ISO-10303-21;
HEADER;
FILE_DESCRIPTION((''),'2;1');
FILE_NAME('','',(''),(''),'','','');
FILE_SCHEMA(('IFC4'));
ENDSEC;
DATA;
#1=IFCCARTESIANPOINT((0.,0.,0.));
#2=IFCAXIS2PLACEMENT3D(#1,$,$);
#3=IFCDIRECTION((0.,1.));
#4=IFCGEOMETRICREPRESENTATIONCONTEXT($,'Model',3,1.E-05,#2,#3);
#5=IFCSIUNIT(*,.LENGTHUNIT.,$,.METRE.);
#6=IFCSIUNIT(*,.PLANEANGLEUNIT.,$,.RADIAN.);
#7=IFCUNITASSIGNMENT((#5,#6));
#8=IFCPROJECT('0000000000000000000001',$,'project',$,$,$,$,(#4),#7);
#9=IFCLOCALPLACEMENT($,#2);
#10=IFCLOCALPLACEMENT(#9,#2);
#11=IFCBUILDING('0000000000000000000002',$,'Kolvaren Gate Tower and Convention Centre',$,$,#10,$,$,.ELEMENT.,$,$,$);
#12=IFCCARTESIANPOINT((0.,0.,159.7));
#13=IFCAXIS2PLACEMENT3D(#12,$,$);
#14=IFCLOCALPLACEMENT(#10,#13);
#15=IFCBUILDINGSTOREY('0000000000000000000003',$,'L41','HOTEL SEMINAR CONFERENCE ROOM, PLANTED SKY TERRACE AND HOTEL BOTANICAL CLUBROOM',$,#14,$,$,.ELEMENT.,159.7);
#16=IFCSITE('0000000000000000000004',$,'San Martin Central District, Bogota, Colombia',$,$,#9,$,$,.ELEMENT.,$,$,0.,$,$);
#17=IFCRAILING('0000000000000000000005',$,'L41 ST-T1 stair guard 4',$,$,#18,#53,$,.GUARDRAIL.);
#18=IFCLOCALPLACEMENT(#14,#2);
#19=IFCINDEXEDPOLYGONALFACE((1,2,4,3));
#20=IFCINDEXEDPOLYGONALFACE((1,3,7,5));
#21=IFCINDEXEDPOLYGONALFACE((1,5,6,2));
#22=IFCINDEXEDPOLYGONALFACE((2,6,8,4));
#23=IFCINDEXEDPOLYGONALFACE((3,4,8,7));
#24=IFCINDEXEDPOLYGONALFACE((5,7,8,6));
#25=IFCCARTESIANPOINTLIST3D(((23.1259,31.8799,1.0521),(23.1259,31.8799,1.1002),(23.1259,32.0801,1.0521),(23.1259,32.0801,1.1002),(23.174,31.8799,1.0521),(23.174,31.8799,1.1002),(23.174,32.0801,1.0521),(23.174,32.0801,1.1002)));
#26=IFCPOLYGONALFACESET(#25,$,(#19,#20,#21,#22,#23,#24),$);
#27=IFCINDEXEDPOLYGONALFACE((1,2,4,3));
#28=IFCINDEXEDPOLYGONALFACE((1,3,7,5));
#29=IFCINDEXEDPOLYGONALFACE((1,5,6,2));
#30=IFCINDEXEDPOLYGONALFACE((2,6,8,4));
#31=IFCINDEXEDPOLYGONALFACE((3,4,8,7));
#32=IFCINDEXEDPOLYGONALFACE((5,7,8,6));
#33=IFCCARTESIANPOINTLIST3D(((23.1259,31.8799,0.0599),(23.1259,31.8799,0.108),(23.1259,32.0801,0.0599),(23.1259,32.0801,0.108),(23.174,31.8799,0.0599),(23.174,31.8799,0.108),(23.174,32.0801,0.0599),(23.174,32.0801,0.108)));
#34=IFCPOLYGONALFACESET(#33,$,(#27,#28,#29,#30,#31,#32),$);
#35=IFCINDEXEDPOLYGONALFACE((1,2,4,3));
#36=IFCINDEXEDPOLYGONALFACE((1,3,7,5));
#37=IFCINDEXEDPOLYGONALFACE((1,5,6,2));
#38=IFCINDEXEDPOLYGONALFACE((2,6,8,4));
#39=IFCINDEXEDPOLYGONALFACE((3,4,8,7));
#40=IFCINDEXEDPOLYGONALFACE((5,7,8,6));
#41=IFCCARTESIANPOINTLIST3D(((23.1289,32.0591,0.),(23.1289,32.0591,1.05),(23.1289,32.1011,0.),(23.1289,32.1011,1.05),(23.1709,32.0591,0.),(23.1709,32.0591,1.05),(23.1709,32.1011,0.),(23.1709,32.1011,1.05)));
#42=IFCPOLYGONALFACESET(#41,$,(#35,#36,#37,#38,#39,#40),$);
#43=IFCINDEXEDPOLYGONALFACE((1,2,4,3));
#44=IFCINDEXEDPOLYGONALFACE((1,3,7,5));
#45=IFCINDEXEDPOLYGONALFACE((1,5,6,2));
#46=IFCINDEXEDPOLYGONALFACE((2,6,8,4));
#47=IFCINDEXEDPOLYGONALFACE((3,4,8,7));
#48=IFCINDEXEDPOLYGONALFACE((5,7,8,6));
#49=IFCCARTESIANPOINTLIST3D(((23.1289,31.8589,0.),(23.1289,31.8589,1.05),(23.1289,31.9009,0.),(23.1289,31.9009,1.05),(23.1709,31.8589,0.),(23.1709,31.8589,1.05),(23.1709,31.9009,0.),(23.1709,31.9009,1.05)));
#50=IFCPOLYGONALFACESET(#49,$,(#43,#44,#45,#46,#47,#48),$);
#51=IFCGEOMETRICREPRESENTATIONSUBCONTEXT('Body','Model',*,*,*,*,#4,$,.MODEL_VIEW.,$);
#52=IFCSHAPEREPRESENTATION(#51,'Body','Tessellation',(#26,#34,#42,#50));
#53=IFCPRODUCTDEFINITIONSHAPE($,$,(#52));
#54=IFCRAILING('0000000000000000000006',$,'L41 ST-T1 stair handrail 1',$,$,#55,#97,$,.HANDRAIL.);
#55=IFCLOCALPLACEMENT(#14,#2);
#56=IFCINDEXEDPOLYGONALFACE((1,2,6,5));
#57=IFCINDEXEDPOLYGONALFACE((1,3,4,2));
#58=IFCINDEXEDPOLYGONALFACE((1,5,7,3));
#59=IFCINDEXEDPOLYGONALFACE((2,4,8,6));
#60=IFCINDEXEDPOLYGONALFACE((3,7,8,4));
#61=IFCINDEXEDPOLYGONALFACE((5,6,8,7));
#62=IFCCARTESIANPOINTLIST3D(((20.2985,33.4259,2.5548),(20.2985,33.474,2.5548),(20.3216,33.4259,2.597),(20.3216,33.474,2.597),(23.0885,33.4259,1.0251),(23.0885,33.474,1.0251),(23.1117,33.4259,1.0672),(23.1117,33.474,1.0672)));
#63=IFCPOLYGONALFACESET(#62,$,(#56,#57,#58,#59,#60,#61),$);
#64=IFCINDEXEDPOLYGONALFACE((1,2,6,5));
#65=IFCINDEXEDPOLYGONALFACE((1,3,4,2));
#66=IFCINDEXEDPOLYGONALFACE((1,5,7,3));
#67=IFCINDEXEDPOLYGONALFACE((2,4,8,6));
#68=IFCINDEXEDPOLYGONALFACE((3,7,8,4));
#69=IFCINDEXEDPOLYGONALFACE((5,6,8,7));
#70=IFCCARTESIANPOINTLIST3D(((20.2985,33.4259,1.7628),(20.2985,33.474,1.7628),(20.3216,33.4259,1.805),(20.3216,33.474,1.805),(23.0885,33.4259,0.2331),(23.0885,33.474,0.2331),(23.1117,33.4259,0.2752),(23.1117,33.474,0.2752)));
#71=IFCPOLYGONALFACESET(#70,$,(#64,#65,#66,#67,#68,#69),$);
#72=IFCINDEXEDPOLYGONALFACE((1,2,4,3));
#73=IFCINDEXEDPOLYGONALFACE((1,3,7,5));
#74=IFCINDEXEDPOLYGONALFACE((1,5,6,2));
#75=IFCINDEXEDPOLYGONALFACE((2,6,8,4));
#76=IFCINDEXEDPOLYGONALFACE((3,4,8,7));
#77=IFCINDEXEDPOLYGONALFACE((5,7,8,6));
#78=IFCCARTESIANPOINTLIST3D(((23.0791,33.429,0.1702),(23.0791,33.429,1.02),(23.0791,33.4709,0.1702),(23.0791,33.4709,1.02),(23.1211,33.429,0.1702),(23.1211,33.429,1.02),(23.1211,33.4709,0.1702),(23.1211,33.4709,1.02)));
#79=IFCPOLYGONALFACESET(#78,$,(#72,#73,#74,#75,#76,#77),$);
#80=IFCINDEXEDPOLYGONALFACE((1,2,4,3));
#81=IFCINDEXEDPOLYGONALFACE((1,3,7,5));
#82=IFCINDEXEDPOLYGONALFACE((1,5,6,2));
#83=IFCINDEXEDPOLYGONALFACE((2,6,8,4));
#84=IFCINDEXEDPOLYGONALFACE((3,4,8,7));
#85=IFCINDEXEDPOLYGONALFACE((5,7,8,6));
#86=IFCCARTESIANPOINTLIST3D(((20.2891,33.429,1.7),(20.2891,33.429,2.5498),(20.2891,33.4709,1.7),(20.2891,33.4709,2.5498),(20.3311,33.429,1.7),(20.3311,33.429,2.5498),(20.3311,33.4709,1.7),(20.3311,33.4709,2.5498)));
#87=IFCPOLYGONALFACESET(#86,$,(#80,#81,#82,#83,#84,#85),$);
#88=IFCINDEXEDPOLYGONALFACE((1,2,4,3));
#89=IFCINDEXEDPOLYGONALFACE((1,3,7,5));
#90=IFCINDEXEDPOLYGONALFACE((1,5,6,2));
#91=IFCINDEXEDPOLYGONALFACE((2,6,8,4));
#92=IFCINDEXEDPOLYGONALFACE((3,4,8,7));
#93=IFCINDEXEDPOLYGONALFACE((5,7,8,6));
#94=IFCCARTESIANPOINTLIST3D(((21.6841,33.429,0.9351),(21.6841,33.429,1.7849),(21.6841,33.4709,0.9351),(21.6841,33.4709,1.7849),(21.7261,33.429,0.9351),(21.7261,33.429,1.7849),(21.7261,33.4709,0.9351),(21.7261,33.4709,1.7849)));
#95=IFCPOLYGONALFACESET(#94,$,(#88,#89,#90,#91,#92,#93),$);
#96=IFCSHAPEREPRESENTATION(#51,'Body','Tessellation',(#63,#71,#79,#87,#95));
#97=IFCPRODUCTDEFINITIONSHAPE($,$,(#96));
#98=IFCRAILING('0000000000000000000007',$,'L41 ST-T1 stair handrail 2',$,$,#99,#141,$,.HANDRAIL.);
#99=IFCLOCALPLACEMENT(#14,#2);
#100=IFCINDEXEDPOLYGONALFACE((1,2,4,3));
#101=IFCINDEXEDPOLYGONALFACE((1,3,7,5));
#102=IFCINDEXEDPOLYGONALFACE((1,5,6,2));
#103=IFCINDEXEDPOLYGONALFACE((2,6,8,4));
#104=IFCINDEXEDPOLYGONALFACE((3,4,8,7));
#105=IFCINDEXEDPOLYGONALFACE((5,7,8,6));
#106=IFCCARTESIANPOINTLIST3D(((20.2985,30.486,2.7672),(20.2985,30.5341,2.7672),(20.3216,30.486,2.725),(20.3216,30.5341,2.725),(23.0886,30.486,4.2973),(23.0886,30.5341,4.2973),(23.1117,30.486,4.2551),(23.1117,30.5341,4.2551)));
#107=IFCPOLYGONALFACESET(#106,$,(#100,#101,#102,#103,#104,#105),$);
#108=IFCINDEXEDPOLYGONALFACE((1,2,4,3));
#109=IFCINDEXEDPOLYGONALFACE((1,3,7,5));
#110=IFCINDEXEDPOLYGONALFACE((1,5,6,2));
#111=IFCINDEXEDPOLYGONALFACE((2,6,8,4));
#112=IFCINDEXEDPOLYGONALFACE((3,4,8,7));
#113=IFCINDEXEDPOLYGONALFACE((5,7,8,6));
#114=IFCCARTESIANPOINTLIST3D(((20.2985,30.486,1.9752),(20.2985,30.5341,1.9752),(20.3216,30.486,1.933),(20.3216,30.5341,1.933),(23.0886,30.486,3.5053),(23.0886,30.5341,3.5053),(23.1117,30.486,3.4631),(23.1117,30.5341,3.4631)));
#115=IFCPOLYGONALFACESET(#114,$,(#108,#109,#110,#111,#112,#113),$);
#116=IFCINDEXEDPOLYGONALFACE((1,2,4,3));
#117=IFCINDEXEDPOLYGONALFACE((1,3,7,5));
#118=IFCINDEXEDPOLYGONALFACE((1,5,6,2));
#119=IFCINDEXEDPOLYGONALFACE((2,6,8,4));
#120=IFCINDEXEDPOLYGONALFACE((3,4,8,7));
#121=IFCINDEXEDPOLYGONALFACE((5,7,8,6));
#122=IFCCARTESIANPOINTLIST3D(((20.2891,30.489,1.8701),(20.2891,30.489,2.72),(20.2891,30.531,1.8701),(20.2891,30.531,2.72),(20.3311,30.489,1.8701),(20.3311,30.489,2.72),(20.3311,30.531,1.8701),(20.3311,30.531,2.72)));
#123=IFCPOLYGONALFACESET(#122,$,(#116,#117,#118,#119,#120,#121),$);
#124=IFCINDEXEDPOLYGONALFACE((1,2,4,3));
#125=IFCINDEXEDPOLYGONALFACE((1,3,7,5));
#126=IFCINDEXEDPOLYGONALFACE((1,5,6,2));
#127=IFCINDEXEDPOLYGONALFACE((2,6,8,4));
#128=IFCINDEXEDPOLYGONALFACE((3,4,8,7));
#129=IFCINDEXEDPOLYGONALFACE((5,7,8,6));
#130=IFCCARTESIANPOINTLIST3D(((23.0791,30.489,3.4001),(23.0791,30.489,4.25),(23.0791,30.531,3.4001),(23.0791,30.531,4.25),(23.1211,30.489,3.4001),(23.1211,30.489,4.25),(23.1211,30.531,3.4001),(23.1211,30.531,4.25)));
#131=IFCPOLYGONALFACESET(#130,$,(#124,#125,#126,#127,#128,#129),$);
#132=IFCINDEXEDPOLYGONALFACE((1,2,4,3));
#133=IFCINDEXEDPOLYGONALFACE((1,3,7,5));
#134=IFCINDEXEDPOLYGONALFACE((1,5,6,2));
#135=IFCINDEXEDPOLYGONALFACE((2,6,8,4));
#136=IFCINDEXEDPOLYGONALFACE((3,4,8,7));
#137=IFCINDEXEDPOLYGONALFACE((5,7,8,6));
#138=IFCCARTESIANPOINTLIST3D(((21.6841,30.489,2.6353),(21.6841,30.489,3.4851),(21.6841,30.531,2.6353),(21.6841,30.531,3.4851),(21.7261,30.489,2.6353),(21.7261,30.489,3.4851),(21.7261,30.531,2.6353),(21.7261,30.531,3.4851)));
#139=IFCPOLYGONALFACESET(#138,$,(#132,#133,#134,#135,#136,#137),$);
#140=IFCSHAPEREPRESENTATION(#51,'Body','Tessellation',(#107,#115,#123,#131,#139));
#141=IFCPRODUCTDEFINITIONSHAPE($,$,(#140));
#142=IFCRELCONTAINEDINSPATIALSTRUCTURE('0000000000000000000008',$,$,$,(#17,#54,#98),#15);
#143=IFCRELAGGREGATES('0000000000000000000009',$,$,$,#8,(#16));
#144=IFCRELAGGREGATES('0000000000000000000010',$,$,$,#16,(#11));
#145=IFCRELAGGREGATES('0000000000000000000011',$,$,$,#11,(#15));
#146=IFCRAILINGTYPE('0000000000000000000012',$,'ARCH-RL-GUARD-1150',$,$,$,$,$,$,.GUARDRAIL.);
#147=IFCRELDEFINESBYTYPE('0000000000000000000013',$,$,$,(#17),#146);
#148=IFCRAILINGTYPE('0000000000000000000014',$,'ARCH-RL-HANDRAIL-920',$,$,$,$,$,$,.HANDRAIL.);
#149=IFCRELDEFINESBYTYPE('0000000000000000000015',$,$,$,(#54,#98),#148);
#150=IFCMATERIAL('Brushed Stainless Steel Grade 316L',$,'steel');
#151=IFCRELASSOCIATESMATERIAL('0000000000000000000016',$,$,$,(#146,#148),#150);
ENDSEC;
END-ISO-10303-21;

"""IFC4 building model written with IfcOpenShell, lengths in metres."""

from ifc_helpers import new_model, si_unit, direction, frame, origin, origin_2d, place, context, subcontext, project, spatial, rectangle, extrude, material, type_object, element, save


model = new_model("IFC4")

# Units and contexts
model_context = context("Model", 3, precision=1e-05, world=origin(), true_north=direction((0.0, 1.0)))
body_context = subcontext(model_context, "Body", "Model", "MODEL_VIEW")
ifc_project = project(units=[si_unit("LENGTHUNIT", "METRE"), si_unit("PLANEANGLEUNIT", "RADIAN")], contexts=[model_context])

# Site, building, storey
site_placement = place(None, origin())
site = spatial("IfcSite", under=ifc_project, at=site_placement, Name="San Martin Central District, Bogota, Colombia", CompositionType="ELEMENT", RefElevation=0.0)
building_placement = place(site_placement, origin())
building = spatial("IfcBuilding", under=site, at=building_placement, Name="Kolvaren Gate Tower and Convention Centre", CompositionType="ELEMENT")
storey_placement = place(building_placement, frame((0.0, 0.0, 159.7)))
storey = spatial("IfcBuildingStorey", under=building, at=storey_placement, Name="L41", Description="HOTEL SEMINAR CONFERENCE ROOM, PLANTED SKY TERRACE AND HOTEL BOTANICAL CLUBROOM", CompositionType="ELEMENT", Elevation=159.7)

# Shared definitions
ifc_material_1 = material(Name="Brushed Stainless Steel Grade 316L", Category="steel")

# Railings
railing_type_1 = type_object("IfcRailingType", Name="ARCH-RL-GUARD-1150", PredefinedType="GUARDRAIL", material=ifc_material_1)
railing_1_placement = place(storey_placement, frame((23.1499, 32.0801, 0.0)))
element("IfcRailing", 1, at=railing_1_placement, inside=storey, type_object=railing_type_1, Name="L41 ST-T1 stair guard 4", PredefinedType="GUARDRAIL", context=body_context, shape_type="SweptSolid", body=[
    extrude(rectangle(XDim=0.0481, YDim=0.0481, at=origin_2d()), frame((0.0, 0.0, 1.0762), z_axis=(0.0, -1.0, 0.0), x_axis=(1.0, 0.0, 0.0)), (0.0, 0.0, 1.0), 0.2002),
    extrude(rectangle(XDim=0.0481, YDim=0.0481, at=origin_2d()), frame((0.0, 0.0, 0.084), z_axis=(0.0, -1.0, 0.0), x_axis=(1.0, 0.0, 0.0)), (0.0, 0.0, 1.0), 0.2002),
    extrude(rectangle(XDim=0.042, YDim=0.042, at=origin_2d()), origin(), (0.0, 0.0, 1.0), 1.05),
    extrude(rectangle(XDim=0.042, YDim=0.042, at=origin_2d()), frame((0.0, -0.2002, 0.0)), (0.0, 0.0, 1.0), 1.05),
])
railing_type_2 = type_object("IfcRailingType", Name="ARCH-RL-HANDRAIL-920", PredefinedType="HANDRAIL", material=ifc_material_1)
railing_2_placement = place(storey_placement, frame((23.1001, 33.45, 0.1702)))
element("IfcRailing", 2, at=railing_2_placement, inside=storey, type_object=railing_type_2, Name="L41 ST-T1 stair handrail 1", PredefinedType="HANDRAIL", context=body_context, shape_type="SweptSolid", body=[
    extrude(rectangle(XDim=0.0481, YDim=0.0481, at=origin_2d()), frame((0.0, 0.0, 0.876), z_axis=(-0.876844, 0.0, 0.480776), x_axis=(0.0, -1.0, 0.0)), (0.0, 0.0, 1.0), 3.1819),
    extrude(rectangle(XDim=0.0481, YDim=0.0481, at=origin_2d()), frame((0.0, 0.0, 0.084), z_axis=(-0.876844, 0.0, 0.480776), x_axis=(0.0, -1.0, 0.0)), (0.0, 0.0, 1.0), 3.1819),
    extrude(rectangle(XDim=0.042, YDim=0.042, at=origin_2d()), origin(), (0.0, 0.0, 1.0), 0.8499),
    extrude(rectangle(XDim=0.042, YDim=0.042, at=origin_2d()), frame((-2.79, 0.0, 1.5298)), (0.0, 0.0, 1.0), 0.8499),
    extrude(rectangle(XDim=0.042, YDim=0.042, at=origin_2d()), frame((-1.395, 0.0, 0.7649)), (0.0, 0.0, 1.0), 0.8499),
])
railing_3_placement = place(storey_placement, frame((20.3101, 30.51, 1.8701)))
element("IfcRailing", 3, at=railing_3_placement, inside=storey, type_object=railing_type_2, Name="L41 ST-T1 stair handrail 2", PredefinedType="HANDRAIL", context=body_context, shape_type="SweptSolid", body=[
    extrude(rectangle(XDim=0.0481, YDim=0.0481, at=origin_2d()), frame((0.0, 0.0, 0.876), z_axis=(0.876811, 0.0, 0.480835), x_axis=(0.0, 1.0, 0.0)), (0.0, 0.0, 1.0), 3.1821),
    extrude(rectangle(XDim=0.0481, YDim=0.0481, at=origin_2d()), frame((0.0, 0.0, 0.084), z_axis=(0.876811, 0.0, 0.480835), x_axis=(0.0, 1.0, 0.0)), (0.0, 0.0, 1.0), 3.1821),
    extrude(rectangle(XDim=0.042, YDim=0.042, at=origin_2d()), origin(), (0.0, 0.0, 1.0), 0.8499),
    extrude(rectangle(XDim=0.042, YDim=0.042, at=origin_2d()), frame((2.79, 0.0, 1.53)), (0.0, 0.0, 1.0), 0.8499),
    extrude(rectangle(XDim=0.042, YDim=0.042, at=origin_2d()), frame((1.395, 0.0, 0.7651)), (0.0, 0.0, 1.0), 0.8499),
])

save(model, "model.ifc")
